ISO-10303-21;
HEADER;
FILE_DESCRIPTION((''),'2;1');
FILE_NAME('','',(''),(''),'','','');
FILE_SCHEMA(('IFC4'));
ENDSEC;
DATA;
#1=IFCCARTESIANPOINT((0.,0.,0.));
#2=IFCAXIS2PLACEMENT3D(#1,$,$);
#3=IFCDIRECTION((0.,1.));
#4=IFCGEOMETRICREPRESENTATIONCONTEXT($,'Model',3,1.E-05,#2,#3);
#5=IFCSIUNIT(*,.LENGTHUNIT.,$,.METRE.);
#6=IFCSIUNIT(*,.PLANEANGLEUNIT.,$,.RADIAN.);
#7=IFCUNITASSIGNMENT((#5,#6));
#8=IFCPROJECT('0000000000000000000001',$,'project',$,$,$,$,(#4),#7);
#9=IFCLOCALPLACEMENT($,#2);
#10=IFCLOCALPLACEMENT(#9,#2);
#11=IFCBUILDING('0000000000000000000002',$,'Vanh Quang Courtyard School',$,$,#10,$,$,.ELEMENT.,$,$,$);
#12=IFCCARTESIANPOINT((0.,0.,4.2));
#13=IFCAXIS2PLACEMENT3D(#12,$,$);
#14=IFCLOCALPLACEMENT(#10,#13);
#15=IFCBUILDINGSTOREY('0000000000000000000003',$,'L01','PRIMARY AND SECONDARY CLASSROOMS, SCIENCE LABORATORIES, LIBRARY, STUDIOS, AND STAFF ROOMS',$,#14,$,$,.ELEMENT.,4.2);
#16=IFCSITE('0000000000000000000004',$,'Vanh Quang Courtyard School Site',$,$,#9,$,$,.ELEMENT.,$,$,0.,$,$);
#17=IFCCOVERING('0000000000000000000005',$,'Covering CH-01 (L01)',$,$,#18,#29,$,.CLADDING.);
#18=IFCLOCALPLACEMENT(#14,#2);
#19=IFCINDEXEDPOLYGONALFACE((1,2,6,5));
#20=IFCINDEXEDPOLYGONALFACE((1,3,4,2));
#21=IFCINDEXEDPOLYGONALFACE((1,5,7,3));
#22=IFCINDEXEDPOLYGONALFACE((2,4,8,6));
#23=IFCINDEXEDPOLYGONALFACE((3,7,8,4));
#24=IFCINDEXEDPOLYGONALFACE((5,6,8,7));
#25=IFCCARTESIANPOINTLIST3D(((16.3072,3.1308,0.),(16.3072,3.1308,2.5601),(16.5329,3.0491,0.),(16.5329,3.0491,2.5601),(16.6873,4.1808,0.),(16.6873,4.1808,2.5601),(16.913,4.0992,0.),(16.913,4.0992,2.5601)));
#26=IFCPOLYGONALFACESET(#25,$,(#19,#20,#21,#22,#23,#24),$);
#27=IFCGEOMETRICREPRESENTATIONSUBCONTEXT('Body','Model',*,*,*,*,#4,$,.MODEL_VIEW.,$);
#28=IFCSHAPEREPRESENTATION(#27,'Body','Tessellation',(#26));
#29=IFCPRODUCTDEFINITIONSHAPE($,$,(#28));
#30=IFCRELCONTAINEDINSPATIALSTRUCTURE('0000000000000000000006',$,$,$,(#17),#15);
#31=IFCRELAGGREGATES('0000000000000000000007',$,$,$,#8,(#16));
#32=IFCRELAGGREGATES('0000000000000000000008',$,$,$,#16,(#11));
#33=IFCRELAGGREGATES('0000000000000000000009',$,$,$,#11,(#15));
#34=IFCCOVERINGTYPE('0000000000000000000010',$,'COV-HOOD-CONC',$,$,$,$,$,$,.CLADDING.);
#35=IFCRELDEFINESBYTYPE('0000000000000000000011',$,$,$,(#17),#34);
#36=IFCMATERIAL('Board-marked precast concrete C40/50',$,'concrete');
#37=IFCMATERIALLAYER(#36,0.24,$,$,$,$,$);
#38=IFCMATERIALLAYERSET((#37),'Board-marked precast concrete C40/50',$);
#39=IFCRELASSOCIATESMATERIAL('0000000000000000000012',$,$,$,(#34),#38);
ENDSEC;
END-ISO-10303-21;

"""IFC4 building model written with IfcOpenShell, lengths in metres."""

from ifc_helpers import new_model, si_unit, direction, frame, origin, origin_2d, place, context, subcontext, project, spatial, rectangle, extrude, material, layer, layer_set, type_object, element, save


model = new_model("IFC4")

# Units and contexts
model_context = context("Model", 3, precision=1e-05, world=origin(), true_north=direction((0.0, 1.0)))
body_context = subcontext(model_context, "Body", "Model", "MODEL_VIEW")
ifc_project = project(units=[si_unit("LENGTHUNIT", "METRE"), si_unit("PLANEANGLEUNIT", "RADIAN")], contexts=[model_context])

# Site, building, storey
site_placement = place(None, origin())
site = spatial("IfcSite", under=ifc_project, at=site_placement, Name="Vanh Quang Courtyard School Site", CompositionType="ELEMENT", RefElevation=0.0)
building_placement = place(site_placement, origin())
building = spatial("IfcBuilding", under=site, at=building_placement, Name="Vanh Quang Courtyard School", CompositionType="ELEMENT")
storey_placement = place(building_placement, frame((0.0, 0.0, 4.2)))
storey = spatial("IfcBuildingStorey", under=building, at=storey_placement, Name="L01", Description="PRIMARY AND SECONDARY CLASSROOMS, SCIENCE LABORATORIES, LIBRARY, STUDIOS, AND STAFF ROOMS", CompositionType="ELEMENT", Elevation=4.2)

# Covering
ifc_material_1 = material(Name="Board-marked precast concrete C40/50", Category="concrete")
ifc_layer_1 = layer(ifc_material_1, 0.24)
ifc_layer_set_1 = layer_set([ifc_layer_1], Name="Board-marked precast concrete C40/50")
covering_type = type_object("IfcCoveringType", Name="COV-HOOD-CONC", PredefinedType="CLADDING", material=ifc_layer_set_1)
covering_1_placement = place(storey_placement, frame((16.6101, 3.615, 0.0), z_axis=(0.0, 0.0, 1.0), x_axis=(-0.34038, -0.940288, 0.0)))
element("IfcCovering", 1, at=covering_1_placement, inside=storey, type_object=covering_type, Name="Covering CH-01 (L01)", PredefinedType="CLADDING", context=body_context, shape_type="SweptSolid", body=[
    extrude(rectangle(XDim=1.1167, YDim=0.24, at=origin_2d()), origin(), (0.0, 0.0, 1.0), 2.5601),
])

save(model, "model.ifc")
